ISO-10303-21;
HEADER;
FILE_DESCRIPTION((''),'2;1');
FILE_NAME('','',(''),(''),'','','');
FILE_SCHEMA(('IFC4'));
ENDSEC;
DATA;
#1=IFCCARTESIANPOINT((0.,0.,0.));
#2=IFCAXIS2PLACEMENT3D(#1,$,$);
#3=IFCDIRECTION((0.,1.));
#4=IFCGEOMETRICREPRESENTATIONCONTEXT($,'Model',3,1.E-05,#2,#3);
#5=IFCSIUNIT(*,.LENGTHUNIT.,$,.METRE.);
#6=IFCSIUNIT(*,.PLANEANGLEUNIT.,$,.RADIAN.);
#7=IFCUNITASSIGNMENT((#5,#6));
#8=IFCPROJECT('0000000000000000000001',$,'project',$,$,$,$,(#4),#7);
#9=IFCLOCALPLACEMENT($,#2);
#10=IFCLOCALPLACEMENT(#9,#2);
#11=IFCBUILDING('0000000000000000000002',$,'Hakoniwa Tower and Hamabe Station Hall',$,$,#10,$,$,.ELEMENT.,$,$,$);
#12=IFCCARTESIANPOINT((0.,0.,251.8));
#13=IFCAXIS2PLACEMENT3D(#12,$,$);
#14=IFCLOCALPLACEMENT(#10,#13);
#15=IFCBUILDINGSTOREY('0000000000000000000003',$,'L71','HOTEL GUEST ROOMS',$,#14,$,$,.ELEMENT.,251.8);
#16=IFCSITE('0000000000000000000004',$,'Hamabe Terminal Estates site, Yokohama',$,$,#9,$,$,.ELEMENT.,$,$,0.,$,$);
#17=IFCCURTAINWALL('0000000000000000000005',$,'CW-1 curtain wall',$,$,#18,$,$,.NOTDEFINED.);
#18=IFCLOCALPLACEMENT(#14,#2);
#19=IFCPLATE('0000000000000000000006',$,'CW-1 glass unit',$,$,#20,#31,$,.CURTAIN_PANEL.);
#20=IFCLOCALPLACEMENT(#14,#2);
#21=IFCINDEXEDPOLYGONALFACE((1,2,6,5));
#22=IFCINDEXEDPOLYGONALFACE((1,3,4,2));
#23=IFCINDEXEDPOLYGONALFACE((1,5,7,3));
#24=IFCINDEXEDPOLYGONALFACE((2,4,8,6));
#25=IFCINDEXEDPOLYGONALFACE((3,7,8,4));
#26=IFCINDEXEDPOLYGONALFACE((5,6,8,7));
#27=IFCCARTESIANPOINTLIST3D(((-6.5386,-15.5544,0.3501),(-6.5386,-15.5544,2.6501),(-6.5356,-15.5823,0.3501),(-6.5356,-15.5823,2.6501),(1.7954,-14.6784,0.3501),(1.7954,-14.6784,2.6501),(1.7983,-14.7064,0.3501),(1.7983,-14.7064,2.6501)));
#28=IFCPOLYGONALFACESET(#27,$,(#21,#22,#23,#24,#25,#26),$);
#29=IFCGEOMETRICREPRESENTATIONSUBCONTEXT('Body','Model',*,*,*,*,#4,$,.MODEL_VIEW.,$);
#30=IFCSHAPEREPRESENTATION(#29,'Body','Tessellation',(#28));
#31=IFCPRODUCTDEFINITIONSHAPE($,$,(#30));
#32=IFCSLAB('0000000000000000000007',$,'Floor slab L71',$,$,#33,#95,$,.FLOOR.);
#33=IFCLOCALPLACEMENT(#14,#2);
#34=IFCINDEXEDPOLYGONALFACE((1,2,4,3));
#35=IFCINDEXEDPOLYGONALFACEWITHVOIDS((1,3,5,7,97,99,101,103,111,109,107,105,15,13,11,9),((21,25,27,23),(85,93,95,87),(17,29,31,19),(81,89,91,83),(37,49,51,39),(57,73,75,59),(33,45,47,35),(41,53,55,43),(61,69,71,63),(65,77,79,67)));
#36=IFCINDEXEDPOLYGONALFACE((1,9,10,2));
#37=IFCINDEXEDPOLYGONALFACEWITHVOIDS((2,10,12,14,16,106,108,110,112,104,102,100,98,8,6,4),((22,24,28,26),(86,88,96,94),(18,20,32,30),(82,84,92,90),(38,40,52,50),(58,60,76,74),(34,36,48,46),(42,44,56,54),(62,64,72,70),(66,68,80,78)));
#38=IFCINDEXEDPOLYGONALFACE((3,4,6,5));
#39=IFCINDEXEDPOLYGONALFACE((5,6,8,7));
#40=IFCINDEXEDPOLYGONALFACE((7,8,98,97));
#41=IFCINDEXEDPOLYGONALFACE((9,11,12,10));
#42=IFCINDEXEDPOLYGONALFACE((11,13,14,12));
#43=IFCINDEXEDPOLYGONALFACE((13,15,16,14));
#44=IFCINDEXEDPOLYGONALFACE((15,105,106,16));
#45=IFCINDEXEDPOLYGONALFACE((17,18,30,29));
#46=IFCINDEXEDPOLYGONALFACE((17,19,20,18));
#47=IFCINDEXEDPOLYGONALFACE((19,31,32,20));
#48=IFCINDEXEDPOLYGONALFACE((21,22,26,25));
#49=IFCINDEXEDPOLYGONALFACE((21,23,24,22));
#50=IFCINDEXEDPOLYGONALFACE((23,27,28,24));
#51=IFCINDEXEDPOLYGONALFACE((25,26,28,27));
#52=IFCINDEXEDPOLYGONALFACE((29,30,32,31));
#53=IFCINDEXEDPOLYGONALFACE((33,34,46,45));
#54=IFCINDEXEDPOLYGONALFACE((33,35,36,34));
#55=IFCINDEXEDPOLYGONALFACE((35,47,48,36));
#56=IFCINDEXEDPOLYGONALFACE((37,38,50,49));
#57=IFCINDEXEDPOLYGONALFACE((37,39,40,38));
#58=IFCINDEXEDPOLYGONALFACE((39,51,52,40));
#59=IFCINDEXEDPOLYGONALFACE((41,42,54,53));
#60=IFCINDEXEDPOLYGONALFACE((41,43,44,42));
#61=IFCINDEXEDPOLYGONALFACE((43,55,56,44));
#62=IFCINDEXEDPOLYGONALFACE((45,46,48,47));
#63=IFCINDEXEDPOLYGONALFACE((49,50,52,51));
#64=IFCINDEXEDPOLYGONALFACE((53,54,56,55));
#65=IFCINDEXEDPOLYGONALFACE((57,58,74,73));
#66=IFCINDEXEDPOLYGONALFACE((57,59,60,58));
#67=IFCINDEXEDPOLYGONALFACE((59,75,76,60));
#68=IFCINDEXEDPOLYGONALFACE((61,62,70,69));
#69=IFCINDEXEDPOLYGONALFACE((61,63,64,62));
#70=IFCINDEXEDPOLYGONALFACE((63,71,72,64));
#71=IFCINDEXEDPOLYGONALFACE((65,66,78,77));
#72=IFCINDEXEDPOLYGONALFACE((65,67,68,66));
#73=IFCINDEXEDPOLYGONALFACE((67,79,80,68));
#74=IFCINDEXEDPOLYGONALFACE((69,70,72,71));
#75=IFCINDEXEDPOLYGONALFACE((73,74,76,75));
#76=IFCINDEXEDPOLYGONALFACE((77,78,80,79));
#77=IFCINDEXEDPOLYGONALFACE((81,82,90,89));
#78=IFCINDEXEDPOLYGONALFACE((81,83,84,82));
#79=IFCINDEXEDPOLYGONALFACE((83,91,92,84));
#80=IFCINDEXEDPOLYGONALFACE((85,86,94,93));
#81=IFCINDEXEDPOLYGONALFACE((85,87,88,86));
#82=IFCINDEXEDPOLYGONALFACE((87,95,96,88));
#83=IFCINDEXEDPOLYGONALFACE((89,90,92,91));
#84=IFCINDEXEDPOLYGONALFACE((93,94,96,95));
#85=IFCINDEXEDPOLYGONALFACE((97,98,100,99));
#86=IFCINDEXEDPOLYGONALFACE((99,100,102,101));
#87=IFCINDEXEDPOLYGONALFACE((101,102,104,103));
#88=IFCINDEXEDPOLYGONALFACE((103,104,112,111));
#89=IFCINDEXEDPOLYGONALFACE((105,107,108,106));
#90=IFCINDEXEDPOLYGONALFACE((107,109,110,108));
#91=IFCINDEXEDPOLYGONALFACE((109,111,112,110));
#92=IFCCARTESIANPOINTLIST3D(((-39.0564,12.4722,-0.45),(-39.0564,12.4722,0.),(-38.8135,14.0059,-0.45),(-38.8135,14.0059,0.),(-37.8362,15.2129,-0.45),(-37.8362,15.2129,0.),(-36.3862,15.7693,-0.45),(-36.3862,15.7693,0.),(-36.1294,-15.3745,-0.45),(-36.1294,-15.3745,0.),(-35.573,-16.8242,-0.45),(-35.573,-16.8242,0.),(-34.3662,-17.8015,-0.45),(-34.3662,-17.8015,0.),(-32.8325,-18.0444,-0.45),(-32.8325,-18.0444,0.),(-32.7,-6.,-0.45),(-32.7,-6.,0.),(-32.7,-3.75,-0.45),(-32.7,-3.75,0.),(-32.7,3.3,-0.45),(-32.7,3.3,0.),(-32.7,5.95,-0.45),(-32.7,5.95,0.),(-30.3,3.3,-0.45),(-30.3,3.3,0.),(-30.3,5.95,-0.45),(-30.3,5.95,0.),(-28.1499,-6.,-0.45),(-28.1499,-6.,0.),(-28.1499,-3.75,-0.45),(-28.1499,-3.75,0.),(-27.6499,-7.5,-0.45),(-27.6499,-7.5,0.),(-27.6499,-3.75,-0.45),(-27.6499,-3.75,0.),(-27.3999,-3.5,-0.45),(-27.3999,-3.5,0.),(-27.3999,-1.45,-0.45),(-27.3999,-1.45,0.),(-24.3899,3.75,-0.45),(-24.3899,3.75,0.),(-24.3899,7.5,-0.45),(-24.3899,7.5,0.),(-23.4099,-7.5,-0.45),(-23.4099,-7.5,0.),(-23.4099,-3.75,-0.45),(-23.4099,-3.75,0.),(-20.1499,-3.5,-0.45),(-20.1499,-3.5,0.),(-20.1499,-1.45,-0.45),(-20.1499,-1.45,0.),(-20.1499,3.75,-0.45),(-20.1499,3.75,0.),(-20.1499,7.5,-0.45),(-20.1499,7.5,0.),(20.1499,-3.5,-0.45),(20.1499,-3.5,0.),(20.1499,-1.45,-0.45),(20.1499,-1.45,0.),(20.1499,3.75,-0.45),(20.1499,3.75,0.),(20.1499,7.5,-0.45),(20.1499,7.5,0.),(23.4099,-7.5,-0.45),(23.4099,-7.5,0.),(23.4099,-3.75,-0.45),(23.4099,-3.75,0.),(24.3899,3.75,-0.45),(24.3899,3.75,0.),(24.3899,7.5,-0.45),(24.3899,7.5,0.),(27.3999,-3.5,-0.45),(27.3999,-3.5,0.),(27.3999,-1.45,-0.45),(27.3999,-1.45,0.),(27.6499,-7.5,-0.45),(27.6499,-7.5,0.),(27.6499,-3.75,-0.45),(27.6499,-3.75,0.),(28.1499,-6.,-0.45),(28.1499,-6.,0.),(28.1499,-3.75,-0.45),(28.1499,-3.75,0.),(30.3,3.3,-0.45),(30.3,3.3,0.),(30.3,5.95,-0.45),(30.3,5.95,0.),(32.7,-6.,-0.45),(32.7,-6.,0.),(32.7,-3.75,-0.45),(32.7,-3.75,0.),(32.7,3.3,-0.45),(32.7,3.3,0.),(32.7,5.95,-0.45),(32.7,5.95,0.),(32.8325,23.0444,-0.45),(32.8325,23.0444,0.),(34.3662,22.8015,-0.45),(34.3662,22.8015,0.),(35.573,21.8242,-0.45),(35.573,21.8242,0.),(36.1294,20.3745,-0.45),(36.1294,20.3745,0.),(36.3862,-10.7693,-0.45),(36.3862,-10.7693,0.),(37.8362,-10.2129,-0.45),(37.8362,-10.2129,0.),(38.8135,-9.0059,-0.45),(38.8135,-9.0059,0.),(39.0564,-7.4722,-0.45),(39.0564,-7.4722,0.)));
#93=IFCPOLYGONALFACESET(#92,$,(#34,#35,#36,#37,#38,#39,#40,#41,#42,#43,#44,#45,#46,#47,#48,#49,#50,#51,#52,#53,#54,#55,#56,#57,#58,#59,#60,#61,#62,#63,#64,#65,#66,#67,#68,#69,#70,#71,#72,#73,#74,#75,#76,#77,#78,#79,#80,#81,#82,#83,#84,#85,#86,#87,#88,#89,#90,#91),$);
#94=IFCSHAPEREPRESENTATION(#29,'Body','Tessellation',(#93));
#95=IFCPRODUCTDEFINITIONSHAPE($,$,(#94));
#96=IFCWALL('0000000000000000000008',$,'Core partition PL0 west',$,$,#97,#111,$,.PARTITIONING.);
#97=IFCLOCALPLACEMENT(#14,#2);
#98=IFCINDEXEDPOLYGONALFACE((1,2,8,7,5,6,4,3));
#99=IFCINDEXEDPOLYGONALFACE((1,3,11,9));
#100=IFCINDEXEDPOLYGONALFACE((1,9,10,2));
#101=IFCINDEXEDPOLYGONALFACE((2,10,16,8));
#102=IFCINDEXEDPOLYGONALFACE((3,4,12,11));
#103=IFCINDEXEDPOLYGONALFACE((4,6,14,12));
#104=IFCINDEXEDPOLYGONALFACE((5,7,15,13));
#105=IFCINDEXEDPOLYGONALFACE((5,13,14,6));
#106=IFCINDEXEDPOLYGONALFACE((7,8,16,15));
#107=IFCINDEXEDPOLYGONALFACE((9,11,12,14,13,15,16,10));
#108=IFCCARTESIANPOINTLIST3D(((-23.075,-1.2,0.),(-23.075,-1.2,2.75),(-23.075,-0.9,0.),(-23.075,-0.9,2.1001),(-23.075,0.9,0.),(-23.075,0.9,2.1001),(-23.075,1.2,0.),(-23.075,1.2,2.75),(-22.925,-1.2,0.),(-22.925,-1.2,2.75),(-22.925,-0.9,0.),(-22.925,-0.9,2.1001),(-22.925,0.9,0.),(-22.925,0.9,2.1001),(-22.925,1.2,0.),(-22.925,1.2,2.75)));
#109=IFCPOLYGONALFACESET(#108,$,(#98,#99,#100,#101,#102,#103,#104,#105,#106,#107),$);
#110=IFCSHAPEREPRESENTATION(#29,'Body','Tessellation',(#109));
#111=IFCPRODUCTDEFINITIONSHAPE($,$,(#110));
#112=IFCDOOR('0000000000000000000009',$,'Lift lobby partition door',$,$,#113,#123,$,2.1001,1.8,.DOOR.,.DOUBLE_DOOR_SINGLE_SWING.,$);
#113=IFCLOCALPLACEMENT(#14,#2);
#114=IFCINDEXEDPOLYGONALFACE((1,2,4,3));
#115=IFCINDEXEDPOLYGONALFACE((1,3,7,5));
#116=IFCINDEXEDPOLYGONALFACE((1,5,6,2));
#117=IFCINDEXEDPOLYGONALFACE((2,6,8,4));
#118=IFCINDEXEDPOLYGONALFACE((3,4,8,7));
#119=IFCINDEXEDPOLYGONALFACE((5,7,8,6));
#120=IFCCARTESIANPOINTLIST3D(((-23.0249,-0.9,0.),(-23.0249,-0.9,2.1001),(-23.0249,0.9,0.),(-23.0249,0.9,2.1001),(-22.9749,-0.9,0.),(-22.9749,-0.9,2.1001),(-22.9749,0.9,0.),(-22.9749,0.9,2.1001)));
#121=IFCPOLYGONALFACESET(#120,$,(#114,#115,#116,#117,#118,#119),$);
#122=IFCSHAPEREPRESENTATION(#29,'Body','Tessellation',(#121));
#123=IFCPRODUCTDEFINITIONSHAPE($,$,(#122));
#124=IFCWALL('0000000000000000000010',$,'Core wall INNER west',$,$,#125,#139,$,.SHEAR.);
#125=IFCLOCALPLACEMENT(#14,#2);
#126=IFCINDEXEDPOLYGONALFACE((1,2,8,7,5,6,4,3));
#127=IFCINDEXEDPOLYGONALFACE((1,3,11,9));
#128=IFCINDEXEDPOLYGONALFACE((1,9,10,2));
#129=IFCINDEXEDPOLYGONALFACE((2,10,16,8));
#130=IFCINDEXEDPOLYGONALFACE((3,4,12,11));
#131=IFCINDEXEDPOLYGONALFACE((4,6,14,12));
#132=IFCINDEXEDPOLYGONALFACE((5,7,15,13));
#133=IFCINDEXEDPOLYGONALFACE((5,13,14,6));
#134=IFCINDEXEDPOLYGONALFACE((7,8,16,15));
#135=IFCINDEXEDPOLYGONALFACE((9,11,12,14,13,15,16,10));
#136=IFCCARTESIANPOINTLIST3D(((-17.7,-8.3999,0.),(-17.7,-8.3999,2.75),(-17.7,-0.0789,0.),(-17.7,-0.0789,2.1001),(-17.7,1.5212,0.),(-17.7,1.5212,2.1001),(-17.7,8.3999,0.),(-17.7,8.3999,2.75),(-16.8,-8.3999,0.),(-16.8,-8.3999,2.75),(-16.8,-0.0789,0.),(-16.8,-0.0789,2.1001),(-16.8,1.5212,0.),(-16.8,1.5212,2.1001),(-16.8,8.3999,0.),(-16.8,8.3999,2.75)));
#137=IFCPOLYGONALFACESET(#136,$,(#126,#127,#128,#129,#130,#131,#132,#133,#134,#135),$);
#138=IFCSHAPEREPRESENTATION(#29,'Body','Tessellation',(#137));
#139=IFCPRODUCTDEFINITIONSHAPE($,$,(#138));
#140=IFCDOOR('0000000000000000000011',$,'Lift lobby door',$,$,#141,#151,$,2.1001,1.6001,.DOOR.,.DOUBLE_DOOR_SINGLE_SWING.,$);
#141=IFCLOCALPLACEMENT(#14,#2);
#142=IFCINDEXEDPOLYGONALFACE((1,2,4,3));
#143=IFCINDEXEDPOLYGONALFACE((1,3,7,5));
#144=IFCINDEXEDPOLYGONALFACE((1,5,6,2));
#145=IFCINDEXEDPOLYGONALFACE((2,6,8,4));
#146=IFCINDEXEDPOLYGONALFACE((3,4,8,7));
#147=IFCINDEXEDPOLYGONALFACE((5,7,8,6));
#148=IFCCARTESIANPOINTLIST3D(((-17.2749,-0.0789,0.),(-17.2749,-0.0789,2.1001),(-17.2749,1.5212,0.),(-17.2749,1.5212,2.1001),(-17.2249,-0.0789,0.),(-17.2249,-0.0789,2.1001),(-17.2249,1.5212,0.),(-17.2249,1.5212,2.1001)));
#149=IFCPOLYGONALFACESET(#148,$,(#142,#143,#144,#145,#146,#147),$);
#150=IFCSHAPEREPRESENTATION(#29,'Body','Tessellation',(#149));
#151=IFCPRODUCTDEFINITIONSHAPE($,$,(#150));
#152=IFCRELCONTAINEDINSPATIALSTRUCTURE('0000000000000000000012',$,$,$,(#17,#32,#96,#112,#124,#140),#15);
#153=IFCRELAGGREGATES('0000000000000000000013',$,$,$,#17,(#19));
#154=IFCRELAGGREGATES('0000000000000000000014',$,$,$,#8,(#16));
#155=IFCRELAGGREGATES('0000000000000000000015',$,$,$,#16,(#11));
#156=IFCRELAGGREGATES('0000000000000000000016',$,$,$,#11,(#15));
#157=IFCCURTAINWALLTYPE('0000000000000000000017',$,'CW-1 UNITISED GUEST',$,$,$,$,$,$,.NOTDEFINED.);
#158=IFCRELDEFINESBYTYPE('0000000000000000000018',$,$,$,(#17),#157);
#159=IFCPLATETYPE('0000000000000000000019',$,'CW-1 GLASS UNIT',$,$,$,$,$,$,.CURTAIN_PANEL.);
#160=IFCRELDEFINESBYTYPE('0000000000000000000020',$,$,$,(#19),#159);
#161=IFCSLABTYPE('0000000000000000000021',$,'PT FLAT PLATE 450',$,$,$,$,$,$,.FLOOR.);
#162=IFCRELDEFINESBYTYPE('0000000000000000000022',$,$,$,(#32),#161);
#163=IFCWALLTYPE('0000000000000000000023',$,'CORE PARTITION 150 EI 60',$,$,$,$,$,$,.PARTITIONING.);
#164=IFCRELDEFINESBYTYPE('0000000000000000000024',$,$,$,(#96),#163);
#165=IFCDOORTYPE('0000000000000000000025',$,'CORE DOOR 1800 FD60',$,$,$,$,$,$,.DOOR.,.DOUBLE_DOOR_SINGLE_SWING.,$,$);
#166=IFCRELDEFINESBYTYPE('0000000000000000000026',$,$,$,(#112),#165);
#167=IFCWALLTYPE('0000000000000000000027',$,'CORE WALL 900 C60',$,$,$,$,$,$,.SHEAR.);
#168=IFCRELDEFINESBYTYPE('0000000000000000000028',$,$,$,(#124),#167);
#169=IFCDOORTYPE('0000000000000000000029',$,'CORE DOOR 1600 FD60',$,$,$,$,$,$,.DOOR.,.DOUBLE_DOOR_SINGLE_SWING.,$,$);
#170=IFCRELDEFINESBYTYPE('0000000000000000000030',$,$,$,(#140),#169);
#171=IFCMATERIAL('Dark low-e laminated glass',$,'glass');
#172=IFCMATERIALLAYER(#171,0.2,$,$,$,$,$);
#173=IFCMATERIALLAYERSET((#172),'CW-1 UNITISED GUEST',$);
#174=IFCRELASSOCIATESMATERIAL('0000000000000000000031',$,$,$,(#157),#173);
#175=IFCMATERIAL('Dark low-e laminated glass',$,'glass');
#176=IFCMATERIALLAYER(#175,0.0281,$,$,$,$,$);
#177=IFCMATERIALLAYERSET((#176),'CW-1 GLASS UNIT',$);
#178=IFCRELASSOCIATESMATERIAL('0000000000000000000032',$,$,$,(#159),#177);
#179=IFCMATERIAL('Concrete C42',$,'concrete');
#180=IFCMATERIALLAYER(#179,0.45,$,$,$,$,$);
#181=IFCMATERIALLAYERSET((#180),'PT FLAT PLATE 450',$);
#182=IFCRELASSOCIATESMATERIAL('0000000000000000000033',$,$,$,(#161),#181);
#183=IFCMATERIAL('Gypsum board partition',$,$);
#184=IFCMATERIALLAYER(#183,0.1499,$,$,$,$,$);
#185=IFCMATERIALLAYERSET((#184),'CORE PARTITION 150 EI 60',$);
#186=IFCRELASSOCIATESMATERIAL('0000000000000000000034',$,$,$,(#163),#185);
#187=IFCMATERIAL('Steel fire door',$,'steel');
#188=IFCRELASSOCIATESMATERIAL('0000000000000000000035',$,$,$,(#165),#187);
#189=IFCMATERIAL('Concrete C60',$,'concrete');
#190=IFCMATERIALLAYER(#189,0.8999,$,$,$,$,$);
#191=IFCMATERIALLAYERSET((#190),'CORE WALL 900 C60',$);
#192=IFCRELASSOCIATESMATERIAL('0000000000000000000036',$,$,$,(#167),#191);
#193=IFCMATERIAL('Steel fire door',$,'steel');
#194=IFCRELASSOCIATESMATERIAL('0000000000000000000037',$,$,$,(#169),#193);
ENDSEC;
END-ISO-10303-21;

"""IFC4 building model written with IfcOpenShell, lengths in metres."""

from ifc_helpers import new_model, si_unit, direction, frame, frame_2d, origin, origin_2d, place, context, subcontext, project, spatial, polyline, rectangle, outline, extrude, material, layer, layer_set, type_object, element, fill, aggregate, save


model = new_model("IFC4")

# Units and contexts
model_context = context("Model", 3, precision=1e-05, world=origin(), true_north=direction((0.0, 1.0)))
body_context = subcontext(model_context, "Body", "Model", "MODEL_VIEW")
ifc_project = project(units=[si_unit("LENGTHUNIT", "METRE"), si_unit("PLANEANGLEUNIT", "RADIAN")], contexts=[model_context])

# Site, building, storey
site_placement = place(None, origin())
site = spatial("IfcSite", under=ifc_project, at=site_placement, Name="Hamabe Terminal Estates site, Yokohama", CompositionType="ELEMENT", RefElevation=0.0)
building_placement = place(site_placement, origin())
building = spatial("IfcBuilding", under=site, at=building_placement, Name="Hakoniwa Tower and Hamabe Station Hall", CompositionType="ELEMENT")
storey_placement = place(building_placement, frame((0.0, 0.0, 251.8)))
storey = spatial("IfcBuildingStorey", under=building, at=storey_placement, Name="L71", Description="HOTEL GUEST ROOMS", CompositionType="ELEMENT", Elevation=251.8)

# Curtain wall
ifc_material_1 = material(Name="Dark low-e laminated glass", Category="glass")
ifc_layer_1 = layer(ifc_material_1, 0.2)
ifc_layer_set_1 = layer_set([ifc_layer_1], Name="CW-1 UNITISED GUEST")
curtain_wall_type = type_object("IfcCurtainWallType", Name="CW-1 UNITISED GUEST", PredefinedType="NOTDEFINED", material=ifc_layer_set_1)
curtain_wall_1_placement = place(storey_placement, origin())
curtain_wall_1 = element("IfcCurtainWall", 1, at=curtain_wall_1_placement, inside=storey, type_object=curtain_wall_type, Name="CW-1 curtain wall", PredefinedType="NOTDEFINED")

# Shared definitions
ifc_material_2 = material(Name="Dark low-e laminated glass", Category="glass")
ifc_layer_2 = layer(ifc_material_2, 0.0281)
ifc_layer_set_2 = layer_set([ifc_layer_2], Name="CW-1 GLASS UNIT")
plate_type = type_object("IfcPlateType", Name="CW-1 GLASS UNIT", PredefinedType="CURTAIN_PANEL", material=ifc_layer_set_2)

# Plate
plate_1_placement = place(storey_placement, frame((-2.3701, -15.1304, 0.3501), z_axis=(0.0, 0.0, 1.0), x_axis=(0.994522, 0.104528, 0.0)))
plate_1 = element("IfcPlate", 2, at=plate_1_placement, type_object=plate_type, Name="CW-1 glass unit", PredefinedType="CURTAIN_PANEL", context=body_context, shape_type="SweptSolid", body=[
    extrude(rectangle(XDim=8.3799, YDim=0.0281, at=origin_2d()), origin(), (0.0, 0.0, 1.0), 2.3),
])
aggregate(curtain_wall_1, [plate_1])

# Slab
ifc_material_3 = material(Name="Concrete C42", Category="concrete")
ifc_layer_3 = layer(ifc_material_3, 0.45)
ifc_layer_set_3 = layer_set([ifc_layer_3], Name="PT FLAT PLATE 450")
slab_type = type_object("IfcSlabType", Name="PT FLAT PLATE 450", PredefinedType="FLOOR", material=ifc_layer_set_3)
slab_placement = place(storey_placement, frame((0.0, 0.0, -0.45)))
element("IfcSlab", 3, at=slab_placement, inside=storey, type_object=slab_type, Name="Floor slab L71", PredefinedType="FLOOR", context=body_context, shape_type="SweptSolid", body=[
    extrude(outline(polyline([(39.0564, -7.4722), (36.1294, 20.3745), (35.573, 21.8242), (34.3662, 22.8015), (32.8325, 23.0444), (-36.3862, 15.7693), (-37.8362, 15.2129), (-38.8135, 14.0059), (-39.0564, 12.4722), (-36.1294, -15.3745), (-35.573, -16.8242), (-34.3662, -17.8015), (-32.8325, -18.0444), (36.3862, -10.7693), (37.8362, -10.2129), (38.8135, -9.0059), (39.0564, -7.4722)]), holes=[polyline([(-27.3999, -3.5), (-27.3999, -1.45), (-20.1499, -1.45), (-20.1499, -3.5), (-27.3999, -3.5)]), polyline([(-32.7, 3.3), (-32.7, 5.95), (-30.3, 5.95), (-30.3, 3.3), (-32.7, 3.3)]), polyline([(-32.7, -6.0), (-32.7, -3.75), (-28.1499, -3.75), (-28.1499, -6.0), (-32.7, -6.0)]), polyline([(-24.3899, 3.75), (-24.3899, 7.5), (-20.1499, 7.5), (-20.1499, 3.75), (-24.3899, 3.75)]), polyline([(-27.6499, -7.5), (-27.6499, -3.75), (-23.4099, -3.75), (-23.4099, -7.5), (-27.6499, -7.5)]), polyline([(20.1499, -3.5), (20.1499, -1.45), (27.3999, -1.45), (27.3999, -3.5), (20.1499, -3.5)]), polyline([(30.3, 3.3), (30.3, 5.95), (32.7, 5.95), (32.7, 3.3), (30.3, 3.3)]), polyline([(28.1499, -6.0), (28.1499, -3.75), (32.7, -3.75), (32.7, -6.0), (28.1499, -6.0)]), polyline([(20.1499, 3.75), (20.1499, 7.5), (24.3899, 7.5), (24.3899, 3.75), (20.1499, 3.75)]), polyline([(23.4099, -7.5), (23.4099, -3.75), (27.6499, -3.75), (27.6499, -7.5), (23.4099, -7.5)])]), origin(), (0.0, 0.0, 1.0), 0.45),
])

# Walls, openings, doors
ifc_material_4 = material(Name="Gypsum board partition")
ifc_layer_4 = layer(ifc_material_4, 0.1499)
ifc_layer_set_4 = layer_set([ifc_layer_4], Name="CORE PARTITION 150 EI 60")
wall_type_1 = type_object("IfcWallType", Name="CORE PARTITION 150 EI 60", PredefinedType="PARTITIONING", material=ifc_layer_set_4)
wall_1_placement = place(storey_placement, frame((-23.0, -1.2, 0.0), z_axis=(0.0, 0.0, 1.0), x_axis=(0.0, 1.0, 0.0)))
wall_1 = element("IfcWall", 4, at=wall_1_placement, inside=storey, type_object=wall_type_1, Name="Core partition PL0 west", PredefinedType="PARTITIONING", context=body_context, shape_type="SweptSolid", body=[
    extrude(rectangle(XDim=2.3999, YDim=0.1499, at=frame_2d((1.2, 0.0))), origin(), (0.0, 0.0, 1.0), 2.75),
])
opening_1_placement = place(wall_1_placement, frame((0.3, 0.0, 0.0)))
opening_1 = element("IfcOpeningElement", 5, at=opening_1_placement, cuts=wall_1, PredefinedType="OPENING", context=body_context, shape_type="SweptSolid", body=[
    extrude(rectangle(XDim=1.8, YDim=2.1001, at=frame_2d((0.8999, 1.05))), frame((0.0, 0.085, 0.0), z_axis=(0.0, -1.0, 0.0), x_axis=(1.0, 0.0, 0.0)), (0.0, 0.0, 1.0), 0.1699),
])
ifc_material_5 = material(Name="Steel fire door", Category="steel")
door_type_1 = type_object("IfcDoorType", Name="CORE DOOR 1800 FD60", OperationType="DOUBLE_DOOR_SINGLE_SWING", PredefinedType="DOOR", material=ifc_material_5)
door_1_placement = place(opening_1_placement, origin())
door_1 = element("IfcDoor", 6, at=door_1_placement, inside=storey, type_object=door_type_1, Name="Lift lobby partition door", OperationType="DOUBLE_DOOR_SINGLE_SWING", OverallHeight=2.1001, OverallWidth=1.8, PredefinedType="DOOR", context=body_context, shape_type="SweptSolid", body=[
    extrude(rectangle(XDim=1.8, YDim=2.1001, at=frame_2d((0.8999, 1.05))), frame((0.0, 0.0249, 0.0), z_axis=(0.0, -1.0, 0.0), x_axis=(1.0, 0.0, 0.0)), (0.0, 0.0, 1.0), 0.05),
])
fill(opening_1, door_1)
ifc_material_6 = material(Name="Concrete C60", Category="concrete")
ifc_layer_5 = layer(ifc_material_6, 0.8999)
ifc_layer_set_5 = layer_set([ifc_layer_5], Name="CORE WALL 900 C60")
wall_type_2 = type_object("IfcWallType", Name="CORE WALL 900 C60", PredefinedType="SHEAR", material=ifc_layer_set_5)
wall_2_placement = place(storey_placement, frame((-17.25, -8.3999, 0.0), z_axis=(0.0, 0.0, 1.0), x_axis=(0.0, 1.0, 0.0)))
wall_2 = element("IfcWall", 7, at=wall_2_placement, inside=storey, type_object=wall_type_2, Name="Core wall INNER west", PredefinedType="SHEAR", context=body_context, shape_type="SweptSolid", body=[
    extrude(rectangle(XDim=16.7998, YDim=0.8999, at=frame_2d((8.3999, 0.0))), origin(), (0.0, 0.0, 1.0), 2.75),
])
opening_2_placement = place(wall_2_placement, frame((8.321, 0.0, 0.0)))
opening_2 = element("IfcOpeningElement", 8, at=opening_2_placement, cuts=wall_2, PredefinedType="OPENING", context=body_context, shape_type="SweptSolid", body=[
    extrude(rectangle(XDim=1.6001, YDim=2.1001, at=frame_2d((0.8, 1.05))), frame((0.0, 0.46, 0.0), z_axis=(0.0, -1.0, 0.0), x_axis=(1.0, 0.0, 0.0)), (0.0, 0.0, 1.0), 0.9199),
])
ifc_material_7 = material(Name="Steel fire door", Category="steel")
door_type_2 = type_object("IfcDoorType", Name="CORE DOOR 1600 FD60", OperationType="DOUBLE_DOOR_SINGLE_SWING", PredefinedType="DOOR", material=ifc_material_7)
door_2_placement = place(opening_2_placement, origin())
door_2 = element("IfcDoor", 9, at=door_2_placement, inside=storey, type_object=door_type_2, Name="Lift lobby door", OperationType="DOUBLE_DOOR_SINGLE_SWING", OverallHeight=2.1001, OverallWidth=1.6001, PredefinedType="DOOR", context=body_context, shape_type="SweptSolid", body=[
    extrude(rectangle(XDim=1.6001, YDim=2.1001, at=frame_2d((0.8, 1.05))), frame((0.0, 0.0249, 0.0), z_axis=(0.0, -1.0, 0.0), x_axis=(1.0, 0.0, 0.0)), (0.0, 0.0, 1.0), 0.05),
])
fill(opening_2, door_2)

save(model, "model.ifc")
